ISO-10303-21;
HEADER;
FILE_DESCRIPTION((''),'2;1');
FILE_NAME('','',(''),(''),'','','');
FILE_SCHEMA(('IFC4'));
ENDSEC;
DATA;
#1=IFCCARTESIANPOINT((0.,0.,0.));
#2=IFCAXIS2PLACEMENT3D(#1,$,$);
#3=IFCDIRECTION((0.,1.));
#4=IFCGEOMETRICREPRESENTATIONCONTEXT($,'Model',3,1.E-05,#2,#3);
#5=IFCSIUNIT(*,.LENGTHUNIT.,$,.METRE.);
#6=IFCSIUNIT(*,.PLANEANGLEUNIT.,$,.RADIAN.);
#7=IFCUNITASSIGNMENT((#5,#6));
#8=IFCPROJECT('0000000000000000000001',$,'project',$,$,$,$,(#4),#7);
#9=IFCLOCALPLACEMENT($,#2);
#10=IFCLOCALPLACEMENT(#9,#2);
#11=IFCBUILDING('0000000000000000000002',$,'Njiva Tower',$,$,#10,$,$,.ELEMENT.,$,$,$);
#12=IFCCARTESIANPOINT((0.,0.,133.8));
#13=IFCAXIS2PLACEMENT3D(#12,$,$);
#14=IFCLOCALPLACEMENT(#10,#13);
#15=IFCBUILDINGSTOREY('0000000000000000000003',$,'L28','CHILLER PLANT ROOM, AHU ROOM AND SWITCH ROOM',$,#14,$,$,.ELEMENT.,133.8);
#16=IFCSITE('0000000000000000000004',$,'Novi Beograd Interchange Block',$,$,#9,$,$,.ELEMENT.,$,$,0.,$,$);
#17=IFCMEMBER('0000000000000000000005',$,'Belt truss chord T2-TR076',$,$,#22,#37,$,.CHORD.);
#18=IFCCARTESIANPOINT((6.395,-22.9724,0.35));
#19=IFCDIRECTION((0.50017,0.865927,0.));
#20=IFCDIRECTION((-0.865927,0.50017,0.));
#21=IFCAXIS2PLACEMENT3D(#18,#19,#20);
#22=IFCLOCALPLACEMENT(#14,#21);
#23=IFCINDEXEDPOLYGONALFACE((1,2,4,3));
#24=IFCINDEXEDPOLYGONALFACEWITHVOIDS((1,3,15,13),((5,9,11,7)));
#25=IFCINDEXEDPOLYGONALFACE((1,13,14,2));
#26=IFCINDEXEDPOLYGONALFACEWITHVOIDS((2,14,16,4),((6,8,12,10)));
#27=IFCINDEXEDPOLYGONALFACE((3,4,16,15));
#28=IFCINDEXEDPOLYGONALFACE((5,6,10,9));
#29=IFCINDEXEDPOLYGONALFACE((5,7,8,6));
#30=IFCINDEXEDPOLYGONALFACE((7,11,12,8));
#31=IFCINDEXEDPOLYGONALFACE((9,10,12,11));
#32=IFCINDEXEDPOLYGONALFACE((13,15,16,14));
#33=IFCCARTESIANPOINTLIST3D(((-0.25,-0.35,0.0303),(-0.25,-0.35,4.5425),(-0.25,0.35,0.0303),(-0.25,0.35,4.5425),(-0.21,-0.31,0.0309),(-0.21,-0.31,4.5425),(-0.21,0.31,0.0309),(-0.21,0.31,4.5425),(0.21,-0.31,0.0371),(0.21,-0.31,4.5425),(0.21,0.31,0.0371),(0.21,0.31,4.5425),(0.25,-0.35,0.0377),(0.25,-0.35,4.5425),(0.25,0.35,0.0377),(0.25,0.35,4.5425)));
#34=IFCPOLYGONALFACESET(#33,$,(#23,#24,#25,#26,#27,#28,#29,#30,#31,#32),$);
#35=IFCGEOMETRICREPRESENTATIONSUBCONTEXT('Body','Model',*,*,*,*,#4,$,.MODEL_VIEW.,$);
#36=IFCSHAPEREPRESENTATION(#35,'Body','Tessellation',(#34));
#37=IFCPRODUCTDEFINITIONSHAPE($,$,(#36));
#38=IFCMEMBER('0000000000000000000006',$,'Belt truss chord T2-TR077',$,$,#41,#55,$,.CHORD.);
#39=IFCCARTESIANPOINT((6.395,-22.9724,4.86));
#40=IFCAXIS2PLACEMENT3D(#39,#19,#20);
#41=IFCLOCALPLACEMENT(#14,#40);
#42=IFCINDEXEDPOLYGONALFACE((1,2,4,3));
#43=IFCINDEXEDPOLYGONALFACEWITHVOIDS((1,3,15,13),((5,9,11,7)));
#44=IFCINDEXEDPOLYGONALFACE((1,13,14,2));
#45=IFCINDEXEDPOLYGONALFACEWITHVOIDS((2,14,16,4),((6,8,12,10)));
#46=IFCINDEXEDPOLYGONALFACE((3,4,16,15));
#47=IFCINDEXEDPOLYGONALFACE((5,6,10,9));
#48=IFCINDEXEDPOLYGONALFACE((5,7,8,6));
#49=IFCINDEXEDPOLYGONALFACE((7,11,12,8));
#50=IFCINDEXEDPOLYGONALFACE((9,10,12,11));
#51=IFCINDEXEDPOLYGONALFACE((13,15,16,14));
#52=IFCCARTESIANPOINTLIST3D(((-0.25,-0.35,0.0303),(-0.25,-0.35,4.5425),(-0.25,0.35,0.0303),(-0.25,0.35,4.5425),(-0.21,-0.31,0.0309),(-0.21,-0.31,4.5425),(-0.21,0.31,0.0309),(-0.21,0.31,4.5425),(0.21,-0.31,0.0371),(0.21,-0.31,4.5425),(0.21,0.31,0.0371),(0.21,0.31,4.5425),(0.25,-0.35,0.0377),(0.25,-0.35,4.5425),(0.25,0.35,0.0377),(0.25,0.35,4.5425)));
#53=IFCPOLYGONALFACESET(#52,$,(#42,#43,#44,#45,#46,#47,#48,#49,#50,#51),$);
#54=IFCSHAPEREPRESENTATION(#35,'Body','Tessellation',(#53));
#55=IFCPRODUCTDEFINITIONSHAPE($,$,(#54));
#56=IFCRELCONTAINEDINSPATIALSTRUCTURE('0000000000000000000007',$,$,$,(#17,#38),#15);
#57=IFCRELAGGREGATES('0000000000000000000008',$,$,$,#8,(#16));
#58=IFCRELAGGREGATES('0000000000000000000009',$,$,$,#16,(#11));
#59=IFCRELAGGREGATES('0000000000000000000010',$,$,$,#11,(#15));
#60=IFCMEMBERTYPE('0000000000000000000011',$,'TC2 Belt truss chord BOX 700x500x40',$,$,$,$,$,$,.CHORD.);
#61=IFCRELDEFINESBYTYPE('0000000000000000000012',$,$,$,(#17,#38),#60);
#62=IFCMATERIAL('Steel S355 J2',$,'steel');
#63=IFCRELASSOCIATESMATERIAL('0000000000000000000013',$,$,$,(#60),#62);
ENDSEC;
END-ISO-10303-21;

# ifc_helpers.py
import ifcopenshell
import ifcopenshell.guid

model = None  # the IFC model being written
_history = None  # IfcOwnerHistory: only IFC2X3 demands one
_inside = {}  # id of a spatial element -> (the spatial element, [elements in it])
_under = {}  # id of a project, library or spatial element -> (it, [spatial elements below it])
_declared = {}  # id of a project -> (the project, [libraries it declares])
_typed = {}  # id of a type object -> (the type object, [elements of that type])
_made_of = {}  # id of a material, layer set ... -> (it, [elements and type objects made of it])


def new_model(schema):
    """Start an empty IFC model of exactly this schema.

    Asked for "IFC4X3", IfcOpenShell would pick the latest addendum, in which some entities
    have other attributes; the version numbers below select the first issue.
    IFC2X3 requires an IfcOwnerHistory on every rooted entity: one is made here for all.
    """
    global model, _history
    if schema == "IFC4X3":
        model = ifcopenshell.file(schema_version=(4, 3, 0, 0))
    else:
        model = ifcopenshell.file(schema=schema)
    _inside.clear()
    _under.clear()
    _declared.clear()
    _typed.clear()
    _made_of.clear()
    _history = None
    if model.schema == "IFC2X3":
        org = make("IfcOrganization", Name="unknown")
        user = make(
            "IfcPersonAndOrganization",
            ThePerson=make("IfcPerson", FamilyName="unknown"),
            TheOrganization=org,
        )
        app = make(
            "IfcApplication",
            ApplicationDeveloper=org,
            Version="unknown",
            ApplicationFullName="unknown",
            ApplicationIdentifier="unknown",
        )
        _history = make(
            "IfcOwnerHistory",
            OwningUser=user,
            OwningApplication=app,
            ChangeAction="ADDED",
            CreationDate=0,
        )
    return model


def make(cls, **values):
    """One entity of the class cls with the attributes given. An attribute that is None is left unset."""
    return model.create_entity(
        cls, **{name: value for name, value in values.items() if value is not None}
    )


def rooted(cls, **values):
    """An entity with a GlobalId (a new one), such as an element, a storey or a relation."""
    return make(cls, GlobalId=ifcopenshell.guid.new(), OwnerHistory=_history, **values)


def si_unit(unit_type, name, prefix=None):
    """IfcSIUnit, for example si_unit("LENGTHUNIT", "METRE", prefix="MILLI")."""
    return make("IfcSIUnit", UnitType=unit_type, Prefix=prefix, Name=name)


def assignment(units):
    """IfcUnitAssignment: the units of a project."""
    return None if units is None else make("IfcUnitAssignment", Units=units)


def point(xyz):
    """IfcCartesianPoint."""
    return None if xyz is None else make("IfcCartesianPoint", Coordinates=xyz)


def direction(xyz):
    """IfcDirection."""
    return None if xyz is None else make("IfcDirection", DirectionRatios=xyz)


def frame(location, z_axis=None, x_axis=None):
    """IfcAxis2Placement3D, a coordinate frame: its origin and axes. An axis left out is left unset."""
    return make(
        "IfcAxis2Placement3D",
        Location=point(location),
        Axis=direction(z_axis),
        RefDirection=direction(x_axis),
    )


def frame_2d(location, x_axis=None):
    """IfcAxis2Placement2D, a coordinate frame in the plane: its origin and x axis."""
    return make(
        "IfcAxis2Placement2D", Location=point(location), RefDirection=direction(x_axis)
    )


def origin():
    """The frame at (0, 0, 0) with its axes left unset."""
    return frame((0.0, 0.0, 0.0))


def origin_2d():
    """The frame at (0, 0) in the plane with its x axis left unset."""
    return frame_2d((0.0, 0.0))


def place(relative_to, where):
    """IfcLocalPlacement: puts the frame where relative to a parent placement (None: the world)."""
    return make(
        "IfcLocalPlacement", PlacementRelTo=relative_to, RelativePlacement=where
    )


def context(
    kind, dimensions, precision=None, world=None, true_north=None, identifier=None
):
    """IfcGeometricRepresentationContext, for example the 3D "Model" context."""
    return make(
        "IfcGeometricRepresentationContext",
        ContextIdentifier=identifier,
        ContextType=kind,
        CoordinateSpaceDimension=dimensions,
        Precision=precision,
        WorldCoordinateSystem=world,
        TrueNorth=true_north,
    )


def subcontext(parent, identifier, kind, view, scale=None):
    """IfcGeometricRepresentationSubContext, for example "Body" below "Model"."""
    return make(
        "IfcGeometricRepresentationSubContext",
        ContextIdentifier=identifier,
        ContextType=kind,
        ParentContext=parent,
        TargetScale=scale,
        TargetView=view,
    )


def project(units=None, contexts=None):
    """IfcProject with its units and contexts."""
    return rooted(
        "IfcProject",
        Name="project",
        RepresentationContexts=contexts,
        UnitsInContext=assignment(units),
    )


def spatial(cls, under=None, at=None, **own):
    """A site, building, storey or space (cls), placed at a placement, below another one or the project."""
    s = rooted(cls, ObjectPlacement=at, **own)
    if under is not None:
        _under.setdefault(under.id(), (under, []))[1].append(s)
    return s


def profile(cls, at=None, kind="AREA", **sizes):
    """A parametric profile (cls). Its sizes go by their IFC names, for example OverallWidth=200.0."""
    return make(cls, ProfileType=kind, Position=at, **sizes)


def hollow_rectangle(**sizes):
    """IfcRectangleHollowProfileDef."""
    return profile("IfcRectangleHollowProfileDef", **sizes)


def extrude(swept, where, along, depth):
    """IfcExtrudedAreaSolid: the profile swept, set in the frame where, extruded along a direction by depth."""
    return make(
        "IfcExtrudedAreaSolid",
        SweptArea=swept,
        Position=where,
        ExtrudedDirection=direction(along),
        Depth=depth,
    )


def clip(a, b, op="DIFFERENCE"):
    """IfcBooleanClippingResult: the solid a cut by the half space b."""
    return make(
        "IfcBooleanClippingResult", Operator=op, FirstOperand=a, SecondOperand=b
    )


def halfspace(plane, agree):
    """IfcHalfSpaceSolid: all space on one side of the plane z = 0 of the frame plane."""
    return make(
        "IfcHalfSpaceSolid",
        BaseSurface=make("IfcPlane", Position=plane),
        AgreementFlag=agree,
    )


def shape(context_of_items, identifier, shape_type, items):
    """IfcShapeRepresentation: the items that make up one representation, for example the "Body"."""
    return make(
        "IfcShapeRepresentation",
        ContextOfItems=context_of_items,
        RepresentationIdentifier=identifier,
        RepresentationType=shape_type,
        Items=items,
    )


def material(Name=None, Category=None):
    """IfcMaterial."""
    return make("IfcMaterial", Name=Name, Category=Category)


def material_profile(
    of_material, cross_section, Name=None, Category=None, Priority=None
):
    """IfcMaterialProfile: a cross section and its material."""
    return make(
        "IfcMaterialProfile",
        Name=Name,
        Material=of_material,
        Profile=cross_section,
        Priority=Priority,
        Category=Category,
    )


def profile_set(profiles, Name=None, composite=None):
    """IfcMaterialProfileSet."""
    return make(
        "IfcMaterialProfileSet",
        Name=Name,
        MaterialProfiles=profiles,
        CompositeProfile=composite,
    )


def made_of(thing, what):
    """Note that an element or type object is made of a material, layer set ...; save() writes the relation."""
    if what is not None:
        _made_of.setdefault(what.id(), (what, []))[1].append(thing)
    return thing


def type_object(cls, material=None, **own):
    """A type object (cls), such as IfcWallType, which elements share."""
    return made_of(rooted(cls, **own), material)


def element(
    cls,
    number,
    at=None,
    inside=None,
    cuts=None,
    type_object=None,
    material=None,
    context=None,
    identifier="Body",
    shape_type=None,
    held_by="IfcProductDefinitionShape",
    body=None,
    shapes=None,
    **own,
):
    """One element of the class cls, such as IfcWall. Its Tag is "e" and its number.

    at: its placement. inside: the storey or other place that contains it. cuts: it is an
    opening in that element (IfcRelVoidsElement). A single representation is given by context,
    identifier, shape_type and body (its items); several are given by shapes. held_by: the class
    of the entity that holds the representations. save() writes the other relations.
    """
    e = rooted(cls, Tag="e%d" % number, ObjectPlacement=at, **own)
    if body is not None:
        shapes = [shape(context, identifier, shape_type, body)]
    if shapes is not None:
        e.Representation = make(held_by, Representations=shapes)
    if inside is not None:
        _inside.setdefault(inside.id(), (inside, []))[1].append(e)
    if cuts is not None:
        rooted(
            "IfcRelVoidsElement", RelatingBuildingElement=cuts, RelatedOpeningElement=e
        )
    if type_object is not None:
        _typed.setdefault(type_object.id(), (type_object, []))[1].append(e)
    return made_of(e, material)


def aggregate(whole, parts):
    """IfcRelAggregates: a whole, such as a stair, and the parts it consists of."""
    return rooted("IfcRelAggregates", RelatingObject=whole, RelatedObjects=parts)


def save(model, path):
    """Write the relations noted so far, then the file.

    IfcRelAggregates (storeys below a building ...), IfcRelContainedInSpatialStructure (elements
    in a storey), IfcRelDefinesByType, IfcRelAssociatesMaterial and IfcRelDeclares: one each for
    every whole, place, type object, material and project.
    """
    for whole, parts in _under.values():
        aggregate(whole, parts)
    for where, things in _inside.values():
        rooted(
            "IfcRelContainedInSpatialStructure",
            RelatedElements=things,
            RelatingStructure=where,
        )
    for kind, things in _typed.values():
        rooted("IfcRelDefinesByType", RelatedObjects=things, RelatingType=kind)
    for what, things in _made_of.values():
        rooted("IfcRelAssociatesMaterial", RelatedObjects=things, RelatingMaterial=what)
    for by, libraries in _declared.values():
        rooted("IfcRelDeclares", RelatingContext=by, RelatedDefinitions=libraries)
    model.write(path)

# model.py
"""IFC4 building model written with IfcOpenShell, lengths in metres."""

from ifc_helpers import new_model, si_unit, direction, frame, origin, origin_2d, place, context, subcontext, project, spatial, hollow_rectangle, extrude, clip, halfspace, material, material_profile, profile_set, type_object, element, save


model = new_model("IFC4")

# Units and contexts
model_context = context("Model", 3, precision=1e-05, world=origin(), true_north=direction((0.0, 1.0)))
body_context = subcontext(model_context, "Body", "Model", "MODEL_VIEW")
ifc_project = project(units=[si_unit("LENGTHUNIT", "METRE"), si_unit("PLANEANGLEUNIT", "RADIAN")], contexts=[model_context])

# Site, building, storey
site_placement = place(None, origin())
site = spatial("IfcSite", under=ifc_project, at=site_placement, Name="Novi Beograd Interchange Block", CompositionType="ELEMENT", RefElevation=0.0)
building_placement = place(site_placement, origin())
building = spatial("IfcBuilding", under=site, at=building_placement, Name="Njiva Tower", CompositionType="ELEMENT")
storey_placement = place(building_placement, frame((0.0, 0.0, 133.8)))
storey = spatial("IfcBuildingStorey", under=building, at=storey_placement, Name="L28", Description="CHILLER PLANT ROOM, AHU ROOM AND SWITCH ROOM", CompositionType="ELEMENT", Elevation=133.8)

# Shared definitions
ifc_material_1 = material(Name="Steel S355 J2", Category="steel")

# Members
ifc_material_profile_1 = material_profile(ifc_material_1, hollow_rectangle(XDim=0.5, YDim=0.7, WallThickness=0.04, at=origin_2d()), Name="BOX 700x500x40")
ifc_profile_set_1 = profile_set([ifc_material_profile_1], Name="Steel S355 J2")
member_type_1 = type_object("IfcMemberType", Name="TC2 Belt truss chord BOX 700x500x40", PredefinedType="CHORD", material=ifc_profile_set_1)
member_1_placement = place(storey_placement, frame((6.395, -22.9724, 0.35), z_axis=(0.50017, 0.865927, 0.0), x_axis=(-0.865927, 0.50017, 0.0)))
element("IfcMember", 1, at=member_1_placement, inside=storey, type_object=member_type_1, Name="Belt truss chord T2-TR076", PredefinedType="CHORD", context=body_context, shape_type="Clipping", body=[
    clip(extrude(hollow_rectangle(XDim=0.5, YDim=0.7, WallThickness=0.04, at=origin_2d()), origin(), (0.0, 0.0, 1.0), 4.5425), halfspace(frame((0.0, -134.15, 0.034), z_axis=(0.014866, 0.0, -0.99989), x_axis=(0.0, -1.0, 0.0)), False)),
])
member_2_placement = place(storey_placement, frame((6.395, -22.9724, 4.86), z_axis=(0.50017, 0.865927, 0.0), x_axis=(-0.865927, 0.50017, 0.0)))
element("IfcMember", 2, at=member_2_placement, inside=storey, type_object=member_type_1, Name="Belt truss chord T2-TR077", PredefinedType="CHORD", context=body_context, shape_type="Clipping", body=[
    clip(extrude(hollow_rectangle(XDim=0.5, YDim=0.7, WallThickness=0.04, at=origin_2d()), origin(), (0.0, 0.0, 1.0), 4.5425), halfspace(frame((0.0, -138.66, 0.034), z_axis=(0.014866, 0.0, -0.99989), x_axis=(0.0, -1.0, 0.0)), False)),
])

save(model, "model.ifc")
